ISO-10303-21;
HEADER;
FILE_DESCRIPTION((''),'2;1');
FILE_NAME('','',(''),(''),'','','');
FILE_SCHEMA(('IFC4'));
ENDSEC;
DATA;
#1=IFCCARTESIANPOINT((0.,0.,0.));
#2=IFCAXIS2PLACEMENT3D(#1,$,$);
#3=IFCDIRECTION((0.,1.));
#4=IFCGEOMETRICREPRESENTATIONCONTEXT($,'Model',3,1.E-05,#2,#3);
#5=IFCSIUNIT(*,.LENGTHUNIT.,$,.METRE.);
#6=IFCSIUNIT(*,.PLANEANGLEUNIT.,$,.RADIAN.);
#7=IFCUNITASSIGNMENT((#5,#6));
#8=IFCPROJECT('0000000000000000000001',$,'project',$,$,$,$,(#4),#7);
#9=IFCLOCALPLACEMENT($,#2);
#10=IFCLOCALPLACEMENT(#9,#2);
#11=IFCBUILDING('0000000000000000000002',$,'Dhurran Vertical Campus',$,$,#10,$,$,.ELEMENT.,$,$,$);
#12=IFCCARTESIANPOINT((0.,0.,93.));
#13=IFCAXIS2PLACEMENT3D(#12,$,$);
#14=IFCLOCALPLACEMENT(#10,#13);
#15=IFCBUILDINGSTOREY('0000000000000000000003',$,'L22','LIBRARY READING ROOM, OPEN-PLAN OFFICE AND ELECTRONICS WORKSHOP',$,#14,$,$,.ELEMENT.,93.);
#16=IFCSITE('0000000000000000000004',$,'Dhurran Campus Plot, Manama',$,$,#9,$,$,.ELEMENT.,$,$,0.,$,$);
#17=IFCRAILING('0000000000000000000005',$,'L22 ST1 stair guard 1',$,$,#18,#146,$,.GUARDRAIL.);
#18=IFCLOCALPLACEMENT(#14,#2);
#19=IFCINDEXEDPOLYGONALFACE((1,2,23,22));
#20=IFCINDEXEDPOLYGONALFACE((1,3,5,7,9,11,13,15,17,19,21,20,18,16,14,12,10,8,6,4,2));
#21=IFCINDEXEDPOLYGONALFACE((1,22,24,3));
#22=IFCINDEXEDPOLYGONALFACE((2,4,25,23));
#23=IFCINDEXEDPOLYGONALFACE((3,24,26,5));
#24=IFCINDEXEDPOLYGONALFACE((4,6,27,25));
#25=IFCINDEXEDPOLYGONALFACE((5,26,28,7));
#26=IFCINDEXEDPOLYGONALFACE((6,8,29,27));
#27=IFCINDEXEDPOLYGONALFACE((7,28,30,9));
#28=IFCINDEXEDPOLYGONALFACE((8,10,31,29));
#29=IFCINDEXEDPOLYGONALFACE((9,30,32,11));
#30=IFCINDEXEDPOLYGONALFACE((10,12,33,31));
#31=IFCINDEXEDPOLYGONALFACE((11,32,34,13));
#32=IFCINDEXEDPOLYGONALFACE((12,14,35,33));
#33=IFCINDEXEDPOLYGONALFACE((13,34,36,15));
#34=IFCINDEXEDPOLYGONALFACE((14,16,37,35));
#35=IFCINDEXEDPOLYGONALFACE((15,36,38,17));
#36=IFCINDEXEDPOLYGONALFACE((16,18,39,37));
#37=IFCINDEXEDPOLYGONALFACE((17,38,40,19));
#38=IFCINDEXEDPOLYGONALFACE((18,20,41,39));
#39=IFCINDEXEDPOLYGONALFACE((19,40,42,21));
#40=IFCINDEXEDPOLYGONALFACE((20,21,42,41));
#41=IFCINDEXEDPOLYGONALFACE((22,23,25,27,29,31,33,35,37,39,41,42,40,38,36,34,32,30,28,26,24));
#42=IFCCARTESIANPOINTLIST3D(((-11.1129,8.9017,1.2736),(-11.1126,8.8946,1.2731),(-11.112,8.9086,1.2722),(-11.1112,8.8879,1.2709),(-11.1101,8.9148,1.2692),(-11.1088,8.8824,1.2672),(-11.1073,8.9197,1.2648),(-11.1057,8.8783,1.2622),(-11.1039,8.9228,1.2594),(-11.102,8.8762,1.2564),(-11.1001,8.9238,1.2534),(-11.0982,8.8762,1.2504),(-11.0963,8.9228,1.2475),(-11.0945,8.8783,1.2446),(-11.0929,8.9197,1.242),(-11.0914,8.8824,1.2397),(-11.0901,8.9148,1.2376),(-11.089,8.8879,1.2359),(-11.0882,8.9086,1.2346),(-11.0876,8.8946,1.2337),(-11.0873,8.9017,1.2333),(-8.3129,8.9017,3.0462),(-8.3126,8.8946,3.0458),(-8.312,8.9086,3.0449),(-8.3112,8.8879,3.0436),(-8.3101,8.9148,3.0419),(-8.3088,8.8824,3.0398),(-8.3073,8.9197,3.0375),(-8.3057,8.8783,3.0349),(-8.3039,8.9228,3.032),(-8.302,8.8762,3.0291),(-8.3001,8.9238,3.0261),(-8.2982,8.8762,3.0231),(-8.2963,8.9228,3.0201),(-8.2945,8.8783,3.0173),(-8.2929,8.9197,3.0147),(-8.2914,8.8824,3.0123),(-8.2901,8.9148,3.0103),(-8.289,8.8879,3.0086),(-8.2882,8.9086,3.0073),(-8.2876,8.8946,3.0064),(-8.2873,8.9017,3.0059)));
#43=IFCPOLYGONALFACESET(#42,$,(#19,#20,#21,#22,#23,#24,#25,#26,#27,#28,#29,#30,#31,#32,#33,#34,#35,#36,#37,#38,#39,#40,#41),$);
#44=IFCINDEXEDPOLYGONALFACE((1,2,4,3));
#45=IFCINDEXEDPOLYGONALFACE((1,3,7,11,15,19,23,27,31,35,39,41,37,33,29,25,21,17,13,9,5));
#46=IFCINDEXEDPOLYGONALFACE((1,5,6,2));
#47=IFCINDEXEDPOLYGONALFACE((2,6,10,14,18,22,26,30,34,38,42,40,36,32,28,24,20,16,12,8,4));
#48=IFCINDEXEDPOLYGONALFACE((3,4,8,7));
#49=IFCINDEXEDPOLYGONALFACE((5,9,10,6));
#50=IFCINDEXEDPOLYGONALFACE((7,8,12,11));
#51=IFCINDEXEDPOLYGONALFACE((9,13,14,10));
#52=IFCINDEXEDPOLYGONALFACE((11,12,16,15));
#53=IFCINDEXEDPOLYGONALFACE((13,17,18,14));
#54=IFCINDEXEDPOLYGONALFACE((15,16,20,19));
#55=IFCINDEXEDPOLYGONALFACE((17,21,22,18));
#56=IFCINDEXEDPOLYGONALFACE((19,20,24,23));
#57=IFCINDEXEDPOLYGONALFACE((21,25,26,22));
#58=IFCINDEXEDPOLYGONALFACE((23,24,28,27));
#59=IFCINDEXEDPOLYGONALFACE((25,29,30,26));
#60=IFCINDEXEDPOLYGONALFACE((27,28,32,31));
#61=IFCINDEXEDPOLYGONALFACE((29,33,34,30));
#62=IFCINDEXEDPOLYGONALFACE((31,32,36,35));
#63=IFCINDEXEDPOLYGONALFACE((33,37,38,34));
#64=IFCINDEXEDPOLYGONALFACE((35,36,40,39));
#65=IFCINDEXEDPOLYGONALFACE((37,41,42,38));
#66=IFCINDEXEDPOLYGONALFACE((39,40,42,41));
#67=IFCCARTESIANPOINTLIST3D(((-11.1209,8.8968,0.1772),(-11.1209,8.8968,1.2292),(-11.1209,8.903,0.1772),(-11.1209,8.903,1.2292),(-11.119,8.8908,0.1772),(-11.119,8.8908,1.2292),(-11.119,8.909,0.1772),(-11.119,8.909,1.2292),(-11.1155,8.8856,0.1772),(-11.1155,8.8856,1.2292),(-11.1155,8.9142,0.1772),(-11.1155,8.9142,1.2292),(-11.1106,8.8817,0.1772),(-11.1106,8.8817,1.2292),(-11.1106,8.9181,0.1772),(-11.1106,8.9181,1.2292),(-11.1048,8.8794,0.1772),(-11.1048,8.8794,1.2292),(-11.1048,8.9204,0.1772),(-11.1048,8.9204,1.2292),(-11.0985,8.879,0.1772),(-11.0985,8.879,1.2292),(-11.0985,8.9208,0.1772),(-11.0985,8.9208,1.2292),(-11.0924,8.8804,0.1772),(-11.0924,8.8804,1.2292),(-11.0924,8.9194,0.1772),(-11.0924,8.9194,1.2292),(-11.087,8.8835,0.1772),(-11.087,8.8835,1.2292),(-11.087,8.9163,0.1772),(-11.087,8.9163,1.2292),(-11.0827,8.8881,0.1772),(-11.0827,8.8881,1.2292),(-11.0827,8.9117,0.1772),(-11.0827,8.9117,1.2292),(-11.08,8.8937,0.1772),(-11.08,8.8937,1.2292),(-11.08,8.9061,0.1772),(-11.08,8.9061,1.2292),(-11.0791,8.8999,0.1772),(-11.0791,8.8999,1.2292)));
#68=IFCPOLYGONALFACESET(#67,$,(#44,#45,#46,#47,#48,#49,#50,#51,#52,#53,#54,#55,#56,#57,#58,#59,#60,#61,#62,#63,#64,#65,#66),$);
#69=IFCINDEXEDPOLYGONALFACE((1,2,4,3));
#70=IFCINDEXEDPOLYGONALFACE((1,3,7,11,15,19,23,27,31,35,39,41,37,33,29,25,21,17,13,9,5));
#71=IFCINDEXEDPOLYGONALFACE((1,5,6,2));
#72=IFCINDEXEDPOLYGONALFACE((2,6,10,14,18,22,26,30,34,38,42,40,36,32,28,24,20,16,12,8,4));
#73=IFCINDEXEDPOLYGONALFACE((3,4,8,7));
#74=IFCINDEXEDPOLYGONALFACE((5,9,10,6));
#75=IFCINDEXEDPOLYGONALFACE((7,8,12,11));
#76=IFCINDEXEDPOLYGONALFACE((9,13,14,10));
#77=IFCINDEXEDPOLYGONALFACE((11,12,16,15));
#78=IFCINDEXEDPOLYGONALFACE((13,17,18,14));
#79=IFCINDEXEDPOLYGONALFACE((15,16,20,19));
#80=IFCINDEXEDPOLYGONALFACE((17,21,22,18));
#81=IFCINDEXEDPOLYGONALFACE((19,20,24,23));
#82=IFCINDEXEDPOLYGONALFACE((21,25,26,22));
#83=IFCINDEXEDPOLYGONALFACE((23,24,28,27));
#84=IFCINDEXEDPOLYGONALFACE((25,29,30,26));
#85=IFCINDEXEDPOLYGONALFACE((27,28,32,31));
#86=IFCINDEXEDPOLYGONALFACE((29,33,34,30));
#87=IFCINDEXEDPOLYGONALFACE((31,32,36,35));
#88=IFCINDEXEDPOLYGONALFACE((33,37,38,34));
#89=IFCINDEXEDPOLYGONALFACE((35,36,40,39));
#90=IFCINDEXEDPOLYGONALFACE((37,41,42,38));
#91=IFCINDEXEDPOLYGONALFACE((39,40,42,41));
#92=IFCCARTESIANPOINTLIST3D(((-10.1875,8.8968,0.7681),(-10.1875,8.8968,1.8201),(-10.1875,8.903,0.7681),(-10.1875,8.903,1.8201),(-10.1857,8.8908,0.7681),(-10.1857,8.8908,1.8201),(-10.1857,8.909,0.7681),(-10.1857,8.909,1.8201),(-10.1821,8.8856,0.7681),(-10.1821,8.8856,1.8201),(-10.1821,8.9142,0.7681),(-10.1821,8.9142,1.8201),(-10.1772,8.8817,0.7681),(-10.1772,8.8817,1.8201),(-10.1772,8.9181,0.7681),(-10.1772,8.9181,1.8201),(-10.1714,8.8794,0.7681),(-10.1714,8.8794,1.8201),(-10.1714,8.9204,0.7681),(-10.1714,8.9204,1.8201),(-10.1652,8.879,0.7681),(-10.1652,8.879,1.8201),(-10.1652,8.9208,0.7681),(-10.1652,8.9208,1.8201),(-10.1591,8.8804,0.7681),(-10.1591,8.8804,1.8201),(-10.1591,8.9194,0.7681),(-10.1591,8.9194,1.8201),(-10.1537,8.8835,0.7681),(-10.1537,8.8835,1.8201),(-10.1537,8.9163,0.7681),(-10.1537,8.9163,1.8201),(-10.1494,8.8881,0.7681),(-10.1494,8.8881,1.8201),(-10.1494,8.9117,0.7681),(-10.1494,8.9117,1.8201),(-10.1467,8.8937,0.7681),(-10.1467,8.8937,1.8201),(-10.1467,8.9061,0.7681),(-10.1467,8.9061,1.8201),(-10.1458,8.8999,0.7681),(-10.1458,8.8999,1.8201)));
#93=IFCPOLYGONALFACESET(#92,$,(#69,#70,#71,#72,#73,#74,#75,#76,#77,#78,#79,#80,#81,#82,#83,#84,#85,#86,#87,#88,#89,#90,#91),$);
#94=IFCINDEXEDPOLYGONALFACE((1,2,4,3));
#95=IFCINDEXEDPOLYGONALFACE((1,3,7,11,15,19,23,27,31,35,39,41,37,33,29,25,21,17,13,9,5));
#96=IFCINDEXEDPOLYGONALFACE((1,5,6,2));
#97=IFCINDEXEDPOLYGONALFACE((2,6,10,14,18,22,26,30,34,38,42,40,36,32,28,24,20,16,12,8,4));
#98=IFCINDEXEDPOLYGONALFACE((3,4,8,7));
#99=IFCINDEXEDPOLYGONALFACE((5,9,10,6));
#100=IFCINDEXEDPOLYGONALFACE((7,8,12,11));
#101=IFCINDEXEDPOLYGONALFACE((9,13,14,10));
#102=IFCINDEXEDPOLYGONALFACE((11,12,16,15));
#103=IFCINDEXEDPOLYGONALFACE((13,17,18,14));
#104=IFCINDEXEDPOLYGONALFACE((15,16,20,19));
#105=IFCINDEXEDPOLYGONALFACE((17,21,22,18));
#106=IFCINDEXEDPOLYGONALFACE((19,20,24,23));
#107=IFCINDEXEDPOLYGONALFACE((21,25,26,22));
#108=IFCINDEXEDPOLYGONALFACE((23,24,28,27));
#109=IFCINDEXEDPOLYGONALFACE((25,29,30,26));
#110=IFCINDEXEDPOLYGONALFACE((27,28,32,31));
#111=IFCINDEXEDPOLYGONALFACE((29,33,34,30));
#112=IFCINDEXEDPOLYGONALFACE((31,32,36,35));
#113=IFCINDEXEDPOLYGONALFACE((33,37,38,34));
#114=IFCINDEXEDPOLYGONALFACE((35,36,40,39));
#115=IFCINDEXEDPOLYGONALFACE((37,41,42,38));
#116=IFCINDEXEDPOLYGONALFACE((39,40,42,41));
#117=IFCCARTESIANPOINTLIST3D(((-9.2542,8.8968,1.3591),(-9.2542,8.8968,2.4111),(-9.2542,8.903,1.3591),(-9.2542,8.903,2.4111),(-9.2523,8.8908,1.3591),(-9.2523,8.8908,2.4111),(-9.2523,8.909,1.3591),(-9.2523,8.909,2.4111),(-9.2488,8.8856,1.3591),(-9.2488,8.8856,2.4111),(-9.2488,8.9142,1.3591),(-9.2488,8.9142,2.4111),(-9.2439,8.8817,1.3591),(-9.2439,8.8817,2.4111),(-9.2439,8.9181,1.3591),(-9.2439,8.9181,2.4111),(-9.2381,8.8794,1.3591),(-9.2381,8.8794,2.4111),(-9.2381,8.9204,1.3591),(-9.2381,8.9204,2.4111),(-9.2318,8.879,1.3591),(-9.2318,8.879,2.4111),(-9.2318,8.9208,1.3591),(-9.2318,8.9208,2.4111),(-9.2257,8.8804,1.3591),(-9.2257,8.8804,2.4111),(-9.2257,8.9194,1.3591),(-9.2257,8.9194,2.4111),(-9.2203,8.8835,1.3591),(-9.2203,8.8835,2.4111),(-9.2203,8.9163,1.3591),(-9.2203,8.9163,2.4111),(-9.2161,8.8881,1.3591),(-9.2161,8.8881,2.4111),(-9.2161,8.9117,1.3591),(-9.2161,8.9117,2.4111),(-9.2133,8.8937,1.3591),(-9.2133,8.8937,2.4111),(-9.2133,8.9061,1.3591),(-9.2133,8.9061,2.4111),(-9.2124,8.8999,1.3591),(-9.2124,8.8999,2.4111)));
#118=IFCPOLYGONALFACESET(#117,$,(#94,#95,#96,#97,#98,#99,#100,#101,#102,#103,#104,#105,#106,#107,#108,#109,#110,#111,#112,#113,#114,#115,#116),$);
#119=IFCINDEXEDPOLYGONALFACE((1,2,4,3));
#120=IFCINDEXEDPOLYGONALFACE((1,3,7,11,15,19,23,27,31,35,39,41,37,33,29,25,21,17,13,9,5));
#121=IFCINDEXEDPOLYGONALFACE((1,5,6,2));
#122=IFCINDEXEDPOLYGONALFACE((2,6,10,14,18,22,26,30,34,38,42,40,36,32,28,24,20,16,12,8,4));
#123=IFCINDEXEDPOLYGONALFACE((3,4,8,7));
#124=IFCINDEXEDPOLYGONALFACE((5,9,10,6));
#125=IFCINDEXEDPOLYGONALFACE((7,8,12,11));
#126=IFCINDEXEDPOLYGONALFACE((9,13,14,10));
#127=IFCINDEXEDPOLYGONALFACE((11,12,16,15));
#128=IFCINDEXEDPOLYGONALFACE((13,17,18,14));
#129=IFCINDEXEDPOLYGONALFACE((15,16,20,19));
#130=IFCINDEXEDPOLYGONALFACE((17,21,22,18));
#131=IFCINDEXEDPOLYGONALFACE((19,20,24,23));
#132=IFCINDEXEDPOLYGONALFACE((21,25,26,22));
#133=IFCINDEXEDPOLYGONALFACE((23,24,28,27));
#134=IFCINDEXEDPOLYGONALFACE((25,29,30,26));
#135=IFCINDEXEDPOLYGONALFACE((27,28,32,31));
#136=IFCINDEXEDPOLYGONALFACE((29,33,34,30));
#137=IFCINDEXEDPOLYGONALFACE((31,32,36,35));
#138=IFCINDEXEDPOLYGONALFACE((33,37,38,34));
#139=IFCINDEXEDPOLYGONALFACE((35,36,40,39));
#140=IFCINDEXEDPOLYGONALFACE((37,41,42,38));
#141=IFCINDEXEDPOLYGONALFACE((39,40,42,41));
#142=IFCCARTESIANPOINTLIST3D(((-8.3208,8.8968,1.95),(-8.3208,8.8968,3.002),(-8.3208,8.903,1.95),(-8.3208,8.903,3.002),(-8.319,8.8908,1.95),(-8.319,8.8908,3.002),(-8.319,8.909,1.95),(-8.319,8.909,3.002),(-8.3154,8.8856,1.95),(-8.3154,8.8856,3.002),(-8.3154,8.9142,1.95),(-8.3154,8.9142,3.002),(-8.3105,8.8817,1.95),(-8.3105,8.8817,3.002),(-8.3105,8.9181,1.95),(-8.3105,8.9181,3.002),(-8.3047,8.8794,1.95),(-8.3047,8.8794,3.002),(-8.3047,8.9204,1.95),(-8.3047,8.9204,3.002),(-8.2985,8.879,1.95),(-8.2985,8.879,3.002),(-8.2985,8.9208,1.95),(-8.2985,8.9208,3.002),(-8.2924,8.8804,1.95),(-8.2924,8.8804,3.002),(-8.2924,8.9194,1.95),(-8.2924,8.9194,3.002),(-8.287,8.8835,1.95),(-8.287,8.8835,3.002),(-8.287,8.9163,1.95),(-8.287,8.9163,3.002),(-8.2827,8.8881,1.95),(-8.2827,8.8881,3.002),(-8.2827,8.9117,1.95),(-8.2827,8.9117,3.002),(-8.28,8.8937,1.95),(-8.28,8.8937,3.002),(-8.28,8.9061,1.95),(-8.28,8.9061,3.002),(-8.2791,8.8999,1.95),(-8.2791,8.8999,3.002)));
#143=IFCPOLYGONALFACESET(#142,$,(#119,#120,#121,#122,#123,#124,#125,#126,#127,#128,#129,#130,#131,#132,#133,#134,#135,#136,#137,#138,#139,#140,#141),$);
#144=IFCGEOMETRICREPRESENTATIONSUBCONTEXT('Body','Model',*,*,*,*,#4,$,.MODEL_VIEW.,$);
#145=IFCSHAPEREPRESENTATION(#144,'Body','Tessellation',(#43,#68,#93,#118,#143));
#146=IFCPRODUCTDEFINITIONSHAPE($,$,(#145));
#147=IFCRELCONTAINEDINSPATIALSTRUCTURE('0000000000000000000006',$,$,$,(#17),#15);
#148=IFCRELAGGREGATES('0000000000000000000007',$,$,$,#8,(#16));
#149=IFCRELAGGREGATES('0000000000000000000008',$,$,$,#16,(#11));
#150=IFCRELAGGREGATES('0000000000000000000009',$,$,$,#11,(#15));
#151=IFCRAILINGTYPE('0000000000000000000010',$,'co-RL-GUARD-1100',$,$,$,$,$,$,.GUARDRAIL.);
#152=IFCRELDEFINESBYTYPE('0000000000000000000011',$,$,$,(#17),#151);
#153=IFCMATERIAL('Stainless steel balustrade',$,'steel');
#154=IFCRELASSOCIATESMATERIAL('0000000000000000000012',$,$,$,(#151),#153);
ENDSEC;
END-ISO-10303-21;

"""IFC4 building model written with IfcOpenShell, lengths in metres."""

from ifc_helpers import new_model, si_unit, direction, frame, origin, origin_2d, place, context, subcontext, project, spatial, circle, extrude, material, type_object, element, save


model = new_model("IFC4")

# Units and contexts
model_context = context("Model", 3, precision=1e-05, world=origin(), true_north=direction((0.0, 1.0)))
body_context = subcontext(model_context, "Body", "Model", "MODEL_VIEW")
ifc_project = project(units=[si_unit("LENGTHUNIT", "METRE"), si_unit("PLANEANGLEUNIT", "RADIAN")], contexts=[model_context])

# Site, building, storey
site_placement = place(None, origin())
site = spatial("IfcSite", under=ifc_project, at=site_placement, Name="Dhurran Campus Plot, Manama", CompositionType="ELEMENT", RefElevation=0.0)
building_placement = place(site_placement, origin())
building = spatial("IfcBuilding", under=site, at=building_placement, Name="Dhurran Vertical Campus", CompositionType="ELEMENT")
storey_placement = place(building_placement, frame((0.0, 0.0, 93.0)))
storey = spatial("IfcBuildingStorey", under=building, at=storey_placement, Name="L22", Description="LIBRARY READING ROOM, OPEN-PLAN OFFICE AND ELECTRONICS WORKSHOP", CompositionType="ELEMENT", Elevation=93.0)

# Railing
ifc_material_1 = material(Name="Stainless steel balustrade", Category="steel")
railing_type_1 = type_object("IfcRailingType", Name="co-RL-GUARD-1100", PredefinedType="GUARDRAIL", material=ifc_material_1)
railing_1_placement = place(storey_placement, frame((-11.1001, 8.8999, 0.1772)))
element("IfcRailing", 1, at=railing_1_placement, inside=storey, type_object=railing_type_1, Name="L22 ST1 stair guard 1", PredefinedType="GUARDRAIL", context=body_context, shape_type="SweptSolid", body=[
    extrude(circle(Radius=0.0239, at=origin_2d()), frame((0.0, 0.0, 1.0762), z_axis=(0.844909, 0.0, 0.53491), x_axis=(0.0, 1.0, 0.0)), (0.0, 0.0, 1.0), 3.314),
    extrude(circle(Radius=0.021, at=origin_2d()), origin(), (0.0, 0.0, 1.0), 1.052),
    extrude(circle(Radius=0.021, at=origin_2d()), frame((0.9333, 0.0, 0.5908)), (0.0, 0.0, 1.0), 1.052),
    extrude(circle(Radius=0.021, at=origin_2d()), frame((1.8667, 0.0, 1.1819)), (0.0, 0.0, 1.0), 1.052),
    extrude(circle(Radius=0.021, at=origin_2d()), frame((2.8, 0.0, 1.7727)), (0.0, 0.0, 1.0), 1.052),
])

save(model, "model.ifc")
